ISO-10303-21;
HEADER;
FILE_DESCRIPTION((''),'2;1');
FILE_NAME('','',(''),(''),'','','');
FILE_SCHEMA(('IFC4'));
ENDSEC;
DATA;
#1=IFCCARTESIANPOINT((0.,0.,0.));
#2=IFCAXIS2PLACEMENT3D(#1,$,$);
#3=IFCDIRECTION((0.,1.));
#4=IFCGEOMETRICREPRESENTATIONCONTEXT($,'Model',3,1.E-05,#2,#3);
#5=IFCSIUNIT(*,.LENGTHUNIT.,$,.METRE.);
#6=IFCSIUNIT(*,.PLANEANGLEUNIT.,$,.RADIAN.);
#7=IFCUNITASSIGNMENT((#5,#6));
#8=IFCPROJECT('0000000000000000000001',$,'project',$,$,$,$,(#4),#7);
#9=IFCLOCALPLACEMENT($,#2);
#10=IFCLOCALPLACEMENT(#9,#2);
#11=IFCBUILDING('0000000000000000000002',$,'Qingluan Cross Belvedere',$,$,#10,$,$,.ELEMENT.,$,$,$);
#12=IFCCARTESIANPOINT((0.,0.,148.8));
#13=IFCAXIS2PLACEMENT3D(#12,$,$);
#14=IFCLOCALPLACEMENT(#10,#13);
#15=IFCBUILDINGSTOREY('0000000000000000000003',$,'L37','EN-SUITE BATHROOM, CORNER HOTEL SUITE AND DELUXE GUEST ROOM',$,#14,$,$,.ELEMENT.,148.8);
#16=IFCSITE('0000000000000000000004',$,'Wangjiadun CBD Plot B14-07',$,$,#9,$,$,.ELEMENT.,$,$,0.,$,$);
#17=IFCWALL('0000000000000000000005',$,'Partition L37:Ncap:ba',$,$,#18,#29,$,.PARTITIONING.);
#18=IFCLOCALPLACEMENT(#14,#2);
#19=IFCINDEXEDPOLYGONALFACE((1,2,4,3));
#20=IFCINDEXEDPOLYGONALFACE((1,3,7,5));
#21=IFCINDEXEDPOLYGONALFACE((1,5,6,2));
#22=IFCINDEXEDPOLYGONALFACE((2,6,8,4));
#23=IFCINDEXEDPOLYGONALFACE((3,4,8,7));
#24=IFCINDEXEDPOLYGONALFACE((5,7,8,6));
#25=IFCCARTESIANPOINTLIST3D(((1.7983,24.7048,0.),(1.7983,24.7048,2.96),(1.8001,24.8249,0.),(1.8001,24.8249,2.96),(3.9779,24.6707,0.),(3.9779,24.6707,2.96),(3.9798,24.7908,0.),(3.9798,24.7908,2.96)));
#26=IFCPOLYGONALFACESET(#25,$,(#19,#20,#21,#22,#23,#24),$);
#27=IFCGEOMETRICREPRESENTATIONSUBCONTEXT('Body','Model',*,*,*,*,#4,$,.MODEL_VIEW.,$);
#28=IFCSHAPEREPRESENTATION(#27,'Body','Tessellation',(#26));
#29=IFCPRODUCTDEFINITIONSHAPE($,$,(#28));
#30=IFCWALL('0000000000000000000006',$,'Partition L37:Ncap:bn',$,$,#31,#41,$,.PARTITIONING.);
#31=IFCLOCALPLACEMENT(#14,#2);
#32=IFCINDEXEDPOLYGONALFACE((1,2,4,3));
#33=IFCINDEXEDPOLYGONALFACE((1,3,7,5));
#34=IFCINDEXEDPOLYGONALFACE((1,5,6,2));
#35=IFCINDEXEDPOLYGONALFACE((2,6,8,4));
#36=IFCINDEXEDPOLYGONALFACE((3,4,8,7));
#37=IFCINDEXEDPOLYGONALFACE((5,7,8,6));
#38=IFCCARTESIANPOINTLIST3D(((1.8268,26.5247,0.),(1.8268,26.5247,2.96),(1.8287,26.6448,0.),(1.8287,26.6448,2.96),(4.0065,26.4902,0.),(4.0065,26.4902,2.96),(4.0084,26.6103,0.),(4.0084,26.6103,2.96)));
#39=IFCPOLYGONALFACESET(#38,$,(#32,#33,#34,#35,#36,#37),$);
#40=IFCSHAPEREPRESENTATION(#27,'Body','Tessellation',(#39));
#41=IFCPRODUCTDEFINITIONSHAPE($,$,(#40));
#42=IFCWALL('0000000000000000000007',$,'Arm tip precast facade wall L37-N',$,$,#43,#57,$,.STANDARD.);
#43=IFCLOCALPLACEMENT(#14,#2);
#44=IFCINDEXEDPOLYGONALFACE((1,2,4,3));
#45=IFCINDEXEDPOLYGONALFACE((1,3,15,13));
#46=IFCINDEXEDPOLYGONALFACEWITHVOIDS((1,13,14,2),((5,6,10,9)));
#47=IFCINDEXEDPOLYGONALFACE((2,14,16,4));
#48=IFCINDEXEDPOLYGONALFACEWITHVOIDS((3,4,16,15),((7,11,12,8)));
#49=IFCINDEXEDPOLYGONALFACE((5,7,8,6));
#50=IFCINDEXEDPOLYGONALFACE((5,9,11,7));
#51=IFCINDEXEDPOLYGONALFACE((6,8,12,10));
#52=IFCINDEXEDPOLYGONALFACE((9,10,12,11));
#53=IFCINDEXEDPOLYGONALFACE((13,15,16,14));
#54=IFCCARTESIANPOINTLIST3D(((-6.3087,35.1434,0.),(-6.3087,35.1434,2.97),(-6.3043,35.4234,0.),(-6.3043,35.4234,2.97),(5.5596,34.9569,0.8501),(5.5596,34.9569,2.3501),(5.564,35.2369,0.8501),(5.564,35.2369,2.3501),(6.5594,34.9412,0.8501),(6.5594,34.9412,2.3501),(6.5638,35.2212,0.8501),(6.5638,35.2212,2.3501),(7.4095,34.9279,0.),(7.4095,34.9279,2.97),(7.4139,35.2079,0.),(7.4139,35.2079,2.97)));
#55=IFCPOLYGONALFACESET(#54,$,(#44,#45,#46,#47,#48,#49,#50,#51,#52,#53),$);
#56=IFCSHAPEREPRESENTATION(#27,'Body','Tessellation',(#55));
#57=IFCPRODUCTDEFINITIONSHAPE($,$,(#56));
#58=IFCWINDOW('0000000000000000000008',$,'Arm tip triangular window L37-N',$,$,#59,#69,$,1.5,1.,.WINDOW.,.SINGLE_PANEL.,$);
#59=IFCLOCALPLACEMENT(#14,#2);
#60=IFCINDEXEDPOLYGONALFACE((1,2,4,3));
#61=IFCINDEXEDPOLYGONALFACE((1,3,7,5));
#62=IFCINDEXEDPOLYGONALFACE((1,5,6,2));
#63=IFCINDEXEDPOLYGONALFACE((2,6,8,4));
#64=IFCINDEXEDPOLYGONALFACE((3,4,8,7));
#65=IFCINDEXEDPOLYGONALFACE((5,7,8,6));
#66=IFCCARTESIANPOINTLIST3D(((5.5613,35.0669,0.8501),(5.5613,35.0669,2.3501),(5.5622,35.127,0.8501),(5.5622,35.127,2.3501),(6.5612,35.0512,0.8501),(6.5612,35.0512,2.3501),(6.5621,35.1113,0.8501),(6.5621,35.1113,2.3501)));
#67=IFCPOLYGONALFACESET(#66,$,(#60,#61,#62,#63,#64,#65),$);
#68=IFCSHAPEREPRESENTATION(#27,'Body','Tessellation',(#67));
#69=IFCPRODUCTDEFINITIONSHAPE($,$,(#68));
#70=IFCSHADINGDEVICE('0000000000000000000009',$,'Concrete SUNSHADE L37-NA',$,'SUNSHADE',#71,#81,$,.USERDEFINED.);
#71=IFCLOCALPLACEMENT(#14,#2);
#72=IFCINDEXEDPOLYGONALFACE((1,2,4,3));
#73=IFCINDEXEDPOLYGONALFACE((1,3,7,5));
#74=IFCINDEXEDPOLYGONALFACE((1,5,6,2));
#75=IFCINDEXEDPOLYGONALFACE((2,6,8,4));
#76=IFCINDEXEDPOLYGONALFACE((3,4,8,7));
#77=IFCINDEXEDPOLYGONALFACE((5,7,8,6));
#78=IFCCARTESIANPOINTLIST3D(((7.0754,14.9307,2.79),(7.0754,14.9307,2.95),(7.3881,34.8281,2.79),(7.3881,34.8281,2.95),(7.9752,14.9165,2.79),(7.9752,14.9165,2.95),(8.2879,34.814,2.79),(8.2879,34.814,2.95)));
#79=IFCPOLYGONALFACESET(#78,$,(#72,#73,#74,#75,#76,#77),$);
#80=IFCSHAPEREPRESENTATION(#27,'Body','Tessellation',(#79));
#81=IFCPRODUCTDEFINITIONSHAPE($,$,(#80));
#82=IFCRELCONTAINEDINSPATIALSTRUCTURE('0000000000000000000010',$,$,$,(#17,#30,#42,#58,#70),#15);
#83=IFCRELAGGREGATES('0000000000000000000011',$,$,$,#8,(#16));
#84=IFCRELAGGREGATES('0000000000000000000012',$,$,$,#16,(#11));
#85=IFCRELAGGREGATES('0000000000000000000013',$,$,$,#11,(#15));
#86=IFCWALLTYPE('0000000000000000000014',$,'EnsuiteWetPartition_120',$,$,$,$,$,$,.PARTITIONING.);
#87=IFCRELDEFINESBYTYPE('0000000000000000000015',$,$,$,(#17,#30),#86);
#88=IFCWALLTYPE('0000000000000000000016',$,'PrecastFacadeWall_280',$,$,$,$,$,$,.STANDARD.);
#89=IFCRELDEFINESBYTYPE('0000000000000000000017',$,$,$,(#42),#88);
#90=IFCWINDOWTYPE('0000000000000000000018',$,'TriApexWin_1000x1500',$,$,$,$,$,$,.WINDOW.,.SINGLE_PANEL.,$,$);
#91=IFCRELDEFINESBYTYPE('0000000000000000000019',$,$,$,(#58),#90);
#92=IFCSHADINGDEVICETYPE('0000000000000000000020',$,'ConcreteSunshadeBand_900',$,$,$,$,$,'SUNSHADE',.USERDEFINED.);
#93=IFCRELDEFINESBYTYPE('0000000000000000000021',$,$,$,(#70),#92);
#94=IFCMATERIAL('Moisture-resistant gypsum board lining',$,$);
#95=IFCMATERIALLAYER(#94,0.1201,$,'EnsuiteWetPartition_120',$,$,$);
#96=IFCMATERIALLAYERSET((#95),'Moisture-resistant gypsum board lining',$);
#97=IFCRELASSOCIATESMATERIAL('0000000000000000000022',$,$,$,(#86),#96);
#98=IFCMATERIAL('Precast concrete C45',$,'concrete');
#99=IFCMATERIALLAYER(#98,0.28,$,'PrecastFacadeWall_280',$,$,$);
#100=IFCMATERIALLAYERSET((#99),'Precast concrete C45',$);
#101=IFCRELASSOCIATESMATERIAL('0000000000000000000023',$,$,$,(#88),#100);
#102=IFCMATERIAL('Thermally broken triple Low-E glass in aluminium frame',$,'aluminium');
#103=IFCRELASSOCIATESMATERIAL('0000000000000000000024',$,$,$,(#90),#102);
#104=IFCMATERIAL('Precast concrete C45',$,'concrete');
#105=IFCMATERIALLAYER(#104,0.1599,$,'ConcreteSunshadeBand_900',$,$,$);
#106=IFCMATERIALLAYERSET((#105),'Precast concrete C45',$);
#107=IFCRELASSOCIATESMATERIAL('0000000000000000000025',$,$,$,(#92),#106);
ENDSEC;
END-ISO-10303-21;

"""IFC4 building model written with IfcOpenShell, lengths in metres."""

from ifc_helpers import new_model, si_unit, direction, frame, frame_2d, origin, origin_2d, place, context, subcontext, project, spatial, rectangle, extrude, material, layer, layer_set, type_object, element, fill, save


model = new_model("IFC4")

# Units and contexts
model_context = context("Model", 3, precision=1e-05, world=origin(), true_north=direction((0.0, 1.0)))
body_context = subcontext(model_context, "Body", "Model", "MODEL_VIEW")
ifc_project = project(units=[si_unit("LENGTHUNIT", "METRE"), si_unit("PLANEANGLEUNIT", "RADIAN")], contexts=[model_context])

# Site, building, storey
site_placement = place(None, origin())
site = spatial("IfcSite", under=ifc_project, at=site_placement, Name="Wangjiadun CBD Plot B14-07", CompositionType="ELEMENT", RefElevation=0.0)
building_placement = place(site_placement, origin())
building = spatial("IfcBuilding", under=site, at=building_placement, Name="Qingluan Cross Belvedere", CompositionType="ELEMENT")
storey_placement = place(building_placement, frame((0.0, 0.0, 148.8)))
storey = spatial("IfcBuildingStorey", under=building, at=storey_placement, Name="L37", Description="EN-SUITE BATHROOM, CORNER HOTEL SUITE AND DELUXE GUEST ROOM", CompositionType="ELEMENT", Elevation=148.8)

# Shared definitions
ifc_material_1 = material(Name="Moisture-resistant gypsum board lining")
ifc_layer_1 = layer(ifc_material_1, 0.1201, Name="EnsuiteWetPartition_120")
ifc_layer_set_1 = layer_set([ifc_layer_1], Name="Moisture-resistant gypsum board lining")
wall_type_1 = type_object("IfcWallType", Name="EnsuiteWetPartition_120", PredefinedType="PARTITIONING", material=ifc_layer_set_1)

# Walls
for number, where, z_axis, x_axis, name in (
    (1, (1.7993, 24.7649, 0.0), (0.0, 0.0, 1.0), (0.999877, -0.015679, 0.0), "Partition L37:Ncap:ba"),
    (2, (1.8279, 26.5847, 0.0), (0.0, 0.0, 1.0), (0.999875, -0.015791, 0.0), "Partition L37:Ncap:bn"),
):
    element("IfcWall", number, at=place(storey_placement, frame(where, z_axis=z_axis, x_axis=x_axis)), inside=storey, type_object=wall_type_1, Name=name, PredefinedType="PARTITIONING", context=body_context, shape_type="SweptSolid", body=[
        extrude(rectangle(XDim=2.1799, YDim=0.1201, at=frame_2d((1.0898, 0.0))), origin(), (0.0, 0.0, 1.0), 2.96),
    ])

# Wall, opening, window
ifc_material_2 = material(Name="Precast concrete C45", Category="concrete")
ifc_layer_2 = layer(ifc_material_2, 0.28, Name="PrecastFacadeWall_280")
ifc_layer_set_2 = layer_set([ifc_layer_2], Name="Precast concrete C45")
wall_type_2 = type_object("IfcWallType", Name="PrecastFacadeWall_280", PredefinedType="STANDARD", material=ifc_layer_set_2)
wall_1_placement = place(storey_placement, frame((7.4116, 35.0679, 0.0), z_axis=(0.0, 0.0, 1.0), x_axis=(-0.999877, 0.015713, 0.0)))
wall_1 = element("IfcWall", 3, at=wall_1_placement, inside=storey, type_object=wall_type_2, Name="Arm tip precast facade wall L37-N", PredefinedType="STANDARD", context=body_context, shape_type="SweptSolid", body=[
    extrude(rectangle(XDim=13.72, YDim=0.28, at=frame_2d((6.8599, 0.0))), origin(), (0.0, 0.0, 1.0), 2.97),
])
opening_1_placement = place(wall_1_placement, frame((0.8501, 0.0, 0.8501)))
opening_1 = element("IfcOpeningElement", 4, at=opening_1_placement, cuts=wall_1, PredefinedType="OPENING", context=body_context, shape_type="SweptSolid", body=[
    extrude(rectangle(XDim=1.0, YDim=1.5, at=frame_2d((0.5, 0.75))), frame((0.0, 0.1499, 0.0), z_axis=(0.0, -1.0, 0.0), x_axis=(1.0, 0.0, 0.0)), (0.0, 0.0, 1.0), 0.3),
])
ifc_material_3 = material(Name="Thermally broken triple Low-E glass in aluminium frame", Category="aluminium")
window_type = type_object("IfcWindowType", Name="TriApexWin_1000x1500", PartitioningType="SINGLE_PANEL", PredefinedType="WINDOW", material=ifc_material_3)
window_placement = place(opening_1_placement, origin())
window = element("IfcWindow", 5, at=window_placement, inside=storey, type_object=window_type, Name="Arm tip triangular window L37-N", OverallHeight=1.5, OverallWidth=1.0, PartitioningType="SINGLE_PANEL", PredefinedType="WINDOW", context=body_context, shape_type="SweptSolid", body=[
    extrude(rectangle(XDim=1.0, YDim=1.5, at=frame_2d((0.5, 0.75))), frame((0.0, 0.03, 0.0), z_axis=(0.0, -1.0, 0.0), x_axis=(1.0, 0.0, 0.0)), (0.0, 0.0, 1.0), 0.0601),
])
fill(opening_1, window)

# Shading device
ifc_material_4 = material(Name="Precast concrete C45", Category="concrete")
ifc_layer_3 = layer(ifc_material_4, 0.1599, Name="ConcreteSunshadeBand_900")
ifc_layer_set_3 = layer_set([ifc_layer_3], Name="Precast concrete C45")
shading_device_type = type_object("IfcShadingDeviceType", Name="ConcreteSunshadeBand_900", ElementType="SUNSHADE", PredefinedType="USERDEFINED", material=ifc_layer_set_3)
shading_device_placement = place(storey_placement, frame((7.6816, 24.8723, 2.79), z_axis=(0.0, 0.0, 1.0), x_axis=(0.015711, 0.999877, 0.0)))
element("IfcShadingDevice", 6, at=shading_device_placement, inside=storey, type_object=shading_device_type, Name="Concrete SUNSHADE L37-NA", ObjectType="SUNSHADE", PredefinedType="USERDEFINED", context=body_context, shape_type="SweptSolid", body=[
    extrude(rectangle(XDim=19.8999, YDim=0.8999, at=origin_2d()), origin(), (0.0, 0.0, 1.0), 0.1599),
])

save(model, "model.ifc")
